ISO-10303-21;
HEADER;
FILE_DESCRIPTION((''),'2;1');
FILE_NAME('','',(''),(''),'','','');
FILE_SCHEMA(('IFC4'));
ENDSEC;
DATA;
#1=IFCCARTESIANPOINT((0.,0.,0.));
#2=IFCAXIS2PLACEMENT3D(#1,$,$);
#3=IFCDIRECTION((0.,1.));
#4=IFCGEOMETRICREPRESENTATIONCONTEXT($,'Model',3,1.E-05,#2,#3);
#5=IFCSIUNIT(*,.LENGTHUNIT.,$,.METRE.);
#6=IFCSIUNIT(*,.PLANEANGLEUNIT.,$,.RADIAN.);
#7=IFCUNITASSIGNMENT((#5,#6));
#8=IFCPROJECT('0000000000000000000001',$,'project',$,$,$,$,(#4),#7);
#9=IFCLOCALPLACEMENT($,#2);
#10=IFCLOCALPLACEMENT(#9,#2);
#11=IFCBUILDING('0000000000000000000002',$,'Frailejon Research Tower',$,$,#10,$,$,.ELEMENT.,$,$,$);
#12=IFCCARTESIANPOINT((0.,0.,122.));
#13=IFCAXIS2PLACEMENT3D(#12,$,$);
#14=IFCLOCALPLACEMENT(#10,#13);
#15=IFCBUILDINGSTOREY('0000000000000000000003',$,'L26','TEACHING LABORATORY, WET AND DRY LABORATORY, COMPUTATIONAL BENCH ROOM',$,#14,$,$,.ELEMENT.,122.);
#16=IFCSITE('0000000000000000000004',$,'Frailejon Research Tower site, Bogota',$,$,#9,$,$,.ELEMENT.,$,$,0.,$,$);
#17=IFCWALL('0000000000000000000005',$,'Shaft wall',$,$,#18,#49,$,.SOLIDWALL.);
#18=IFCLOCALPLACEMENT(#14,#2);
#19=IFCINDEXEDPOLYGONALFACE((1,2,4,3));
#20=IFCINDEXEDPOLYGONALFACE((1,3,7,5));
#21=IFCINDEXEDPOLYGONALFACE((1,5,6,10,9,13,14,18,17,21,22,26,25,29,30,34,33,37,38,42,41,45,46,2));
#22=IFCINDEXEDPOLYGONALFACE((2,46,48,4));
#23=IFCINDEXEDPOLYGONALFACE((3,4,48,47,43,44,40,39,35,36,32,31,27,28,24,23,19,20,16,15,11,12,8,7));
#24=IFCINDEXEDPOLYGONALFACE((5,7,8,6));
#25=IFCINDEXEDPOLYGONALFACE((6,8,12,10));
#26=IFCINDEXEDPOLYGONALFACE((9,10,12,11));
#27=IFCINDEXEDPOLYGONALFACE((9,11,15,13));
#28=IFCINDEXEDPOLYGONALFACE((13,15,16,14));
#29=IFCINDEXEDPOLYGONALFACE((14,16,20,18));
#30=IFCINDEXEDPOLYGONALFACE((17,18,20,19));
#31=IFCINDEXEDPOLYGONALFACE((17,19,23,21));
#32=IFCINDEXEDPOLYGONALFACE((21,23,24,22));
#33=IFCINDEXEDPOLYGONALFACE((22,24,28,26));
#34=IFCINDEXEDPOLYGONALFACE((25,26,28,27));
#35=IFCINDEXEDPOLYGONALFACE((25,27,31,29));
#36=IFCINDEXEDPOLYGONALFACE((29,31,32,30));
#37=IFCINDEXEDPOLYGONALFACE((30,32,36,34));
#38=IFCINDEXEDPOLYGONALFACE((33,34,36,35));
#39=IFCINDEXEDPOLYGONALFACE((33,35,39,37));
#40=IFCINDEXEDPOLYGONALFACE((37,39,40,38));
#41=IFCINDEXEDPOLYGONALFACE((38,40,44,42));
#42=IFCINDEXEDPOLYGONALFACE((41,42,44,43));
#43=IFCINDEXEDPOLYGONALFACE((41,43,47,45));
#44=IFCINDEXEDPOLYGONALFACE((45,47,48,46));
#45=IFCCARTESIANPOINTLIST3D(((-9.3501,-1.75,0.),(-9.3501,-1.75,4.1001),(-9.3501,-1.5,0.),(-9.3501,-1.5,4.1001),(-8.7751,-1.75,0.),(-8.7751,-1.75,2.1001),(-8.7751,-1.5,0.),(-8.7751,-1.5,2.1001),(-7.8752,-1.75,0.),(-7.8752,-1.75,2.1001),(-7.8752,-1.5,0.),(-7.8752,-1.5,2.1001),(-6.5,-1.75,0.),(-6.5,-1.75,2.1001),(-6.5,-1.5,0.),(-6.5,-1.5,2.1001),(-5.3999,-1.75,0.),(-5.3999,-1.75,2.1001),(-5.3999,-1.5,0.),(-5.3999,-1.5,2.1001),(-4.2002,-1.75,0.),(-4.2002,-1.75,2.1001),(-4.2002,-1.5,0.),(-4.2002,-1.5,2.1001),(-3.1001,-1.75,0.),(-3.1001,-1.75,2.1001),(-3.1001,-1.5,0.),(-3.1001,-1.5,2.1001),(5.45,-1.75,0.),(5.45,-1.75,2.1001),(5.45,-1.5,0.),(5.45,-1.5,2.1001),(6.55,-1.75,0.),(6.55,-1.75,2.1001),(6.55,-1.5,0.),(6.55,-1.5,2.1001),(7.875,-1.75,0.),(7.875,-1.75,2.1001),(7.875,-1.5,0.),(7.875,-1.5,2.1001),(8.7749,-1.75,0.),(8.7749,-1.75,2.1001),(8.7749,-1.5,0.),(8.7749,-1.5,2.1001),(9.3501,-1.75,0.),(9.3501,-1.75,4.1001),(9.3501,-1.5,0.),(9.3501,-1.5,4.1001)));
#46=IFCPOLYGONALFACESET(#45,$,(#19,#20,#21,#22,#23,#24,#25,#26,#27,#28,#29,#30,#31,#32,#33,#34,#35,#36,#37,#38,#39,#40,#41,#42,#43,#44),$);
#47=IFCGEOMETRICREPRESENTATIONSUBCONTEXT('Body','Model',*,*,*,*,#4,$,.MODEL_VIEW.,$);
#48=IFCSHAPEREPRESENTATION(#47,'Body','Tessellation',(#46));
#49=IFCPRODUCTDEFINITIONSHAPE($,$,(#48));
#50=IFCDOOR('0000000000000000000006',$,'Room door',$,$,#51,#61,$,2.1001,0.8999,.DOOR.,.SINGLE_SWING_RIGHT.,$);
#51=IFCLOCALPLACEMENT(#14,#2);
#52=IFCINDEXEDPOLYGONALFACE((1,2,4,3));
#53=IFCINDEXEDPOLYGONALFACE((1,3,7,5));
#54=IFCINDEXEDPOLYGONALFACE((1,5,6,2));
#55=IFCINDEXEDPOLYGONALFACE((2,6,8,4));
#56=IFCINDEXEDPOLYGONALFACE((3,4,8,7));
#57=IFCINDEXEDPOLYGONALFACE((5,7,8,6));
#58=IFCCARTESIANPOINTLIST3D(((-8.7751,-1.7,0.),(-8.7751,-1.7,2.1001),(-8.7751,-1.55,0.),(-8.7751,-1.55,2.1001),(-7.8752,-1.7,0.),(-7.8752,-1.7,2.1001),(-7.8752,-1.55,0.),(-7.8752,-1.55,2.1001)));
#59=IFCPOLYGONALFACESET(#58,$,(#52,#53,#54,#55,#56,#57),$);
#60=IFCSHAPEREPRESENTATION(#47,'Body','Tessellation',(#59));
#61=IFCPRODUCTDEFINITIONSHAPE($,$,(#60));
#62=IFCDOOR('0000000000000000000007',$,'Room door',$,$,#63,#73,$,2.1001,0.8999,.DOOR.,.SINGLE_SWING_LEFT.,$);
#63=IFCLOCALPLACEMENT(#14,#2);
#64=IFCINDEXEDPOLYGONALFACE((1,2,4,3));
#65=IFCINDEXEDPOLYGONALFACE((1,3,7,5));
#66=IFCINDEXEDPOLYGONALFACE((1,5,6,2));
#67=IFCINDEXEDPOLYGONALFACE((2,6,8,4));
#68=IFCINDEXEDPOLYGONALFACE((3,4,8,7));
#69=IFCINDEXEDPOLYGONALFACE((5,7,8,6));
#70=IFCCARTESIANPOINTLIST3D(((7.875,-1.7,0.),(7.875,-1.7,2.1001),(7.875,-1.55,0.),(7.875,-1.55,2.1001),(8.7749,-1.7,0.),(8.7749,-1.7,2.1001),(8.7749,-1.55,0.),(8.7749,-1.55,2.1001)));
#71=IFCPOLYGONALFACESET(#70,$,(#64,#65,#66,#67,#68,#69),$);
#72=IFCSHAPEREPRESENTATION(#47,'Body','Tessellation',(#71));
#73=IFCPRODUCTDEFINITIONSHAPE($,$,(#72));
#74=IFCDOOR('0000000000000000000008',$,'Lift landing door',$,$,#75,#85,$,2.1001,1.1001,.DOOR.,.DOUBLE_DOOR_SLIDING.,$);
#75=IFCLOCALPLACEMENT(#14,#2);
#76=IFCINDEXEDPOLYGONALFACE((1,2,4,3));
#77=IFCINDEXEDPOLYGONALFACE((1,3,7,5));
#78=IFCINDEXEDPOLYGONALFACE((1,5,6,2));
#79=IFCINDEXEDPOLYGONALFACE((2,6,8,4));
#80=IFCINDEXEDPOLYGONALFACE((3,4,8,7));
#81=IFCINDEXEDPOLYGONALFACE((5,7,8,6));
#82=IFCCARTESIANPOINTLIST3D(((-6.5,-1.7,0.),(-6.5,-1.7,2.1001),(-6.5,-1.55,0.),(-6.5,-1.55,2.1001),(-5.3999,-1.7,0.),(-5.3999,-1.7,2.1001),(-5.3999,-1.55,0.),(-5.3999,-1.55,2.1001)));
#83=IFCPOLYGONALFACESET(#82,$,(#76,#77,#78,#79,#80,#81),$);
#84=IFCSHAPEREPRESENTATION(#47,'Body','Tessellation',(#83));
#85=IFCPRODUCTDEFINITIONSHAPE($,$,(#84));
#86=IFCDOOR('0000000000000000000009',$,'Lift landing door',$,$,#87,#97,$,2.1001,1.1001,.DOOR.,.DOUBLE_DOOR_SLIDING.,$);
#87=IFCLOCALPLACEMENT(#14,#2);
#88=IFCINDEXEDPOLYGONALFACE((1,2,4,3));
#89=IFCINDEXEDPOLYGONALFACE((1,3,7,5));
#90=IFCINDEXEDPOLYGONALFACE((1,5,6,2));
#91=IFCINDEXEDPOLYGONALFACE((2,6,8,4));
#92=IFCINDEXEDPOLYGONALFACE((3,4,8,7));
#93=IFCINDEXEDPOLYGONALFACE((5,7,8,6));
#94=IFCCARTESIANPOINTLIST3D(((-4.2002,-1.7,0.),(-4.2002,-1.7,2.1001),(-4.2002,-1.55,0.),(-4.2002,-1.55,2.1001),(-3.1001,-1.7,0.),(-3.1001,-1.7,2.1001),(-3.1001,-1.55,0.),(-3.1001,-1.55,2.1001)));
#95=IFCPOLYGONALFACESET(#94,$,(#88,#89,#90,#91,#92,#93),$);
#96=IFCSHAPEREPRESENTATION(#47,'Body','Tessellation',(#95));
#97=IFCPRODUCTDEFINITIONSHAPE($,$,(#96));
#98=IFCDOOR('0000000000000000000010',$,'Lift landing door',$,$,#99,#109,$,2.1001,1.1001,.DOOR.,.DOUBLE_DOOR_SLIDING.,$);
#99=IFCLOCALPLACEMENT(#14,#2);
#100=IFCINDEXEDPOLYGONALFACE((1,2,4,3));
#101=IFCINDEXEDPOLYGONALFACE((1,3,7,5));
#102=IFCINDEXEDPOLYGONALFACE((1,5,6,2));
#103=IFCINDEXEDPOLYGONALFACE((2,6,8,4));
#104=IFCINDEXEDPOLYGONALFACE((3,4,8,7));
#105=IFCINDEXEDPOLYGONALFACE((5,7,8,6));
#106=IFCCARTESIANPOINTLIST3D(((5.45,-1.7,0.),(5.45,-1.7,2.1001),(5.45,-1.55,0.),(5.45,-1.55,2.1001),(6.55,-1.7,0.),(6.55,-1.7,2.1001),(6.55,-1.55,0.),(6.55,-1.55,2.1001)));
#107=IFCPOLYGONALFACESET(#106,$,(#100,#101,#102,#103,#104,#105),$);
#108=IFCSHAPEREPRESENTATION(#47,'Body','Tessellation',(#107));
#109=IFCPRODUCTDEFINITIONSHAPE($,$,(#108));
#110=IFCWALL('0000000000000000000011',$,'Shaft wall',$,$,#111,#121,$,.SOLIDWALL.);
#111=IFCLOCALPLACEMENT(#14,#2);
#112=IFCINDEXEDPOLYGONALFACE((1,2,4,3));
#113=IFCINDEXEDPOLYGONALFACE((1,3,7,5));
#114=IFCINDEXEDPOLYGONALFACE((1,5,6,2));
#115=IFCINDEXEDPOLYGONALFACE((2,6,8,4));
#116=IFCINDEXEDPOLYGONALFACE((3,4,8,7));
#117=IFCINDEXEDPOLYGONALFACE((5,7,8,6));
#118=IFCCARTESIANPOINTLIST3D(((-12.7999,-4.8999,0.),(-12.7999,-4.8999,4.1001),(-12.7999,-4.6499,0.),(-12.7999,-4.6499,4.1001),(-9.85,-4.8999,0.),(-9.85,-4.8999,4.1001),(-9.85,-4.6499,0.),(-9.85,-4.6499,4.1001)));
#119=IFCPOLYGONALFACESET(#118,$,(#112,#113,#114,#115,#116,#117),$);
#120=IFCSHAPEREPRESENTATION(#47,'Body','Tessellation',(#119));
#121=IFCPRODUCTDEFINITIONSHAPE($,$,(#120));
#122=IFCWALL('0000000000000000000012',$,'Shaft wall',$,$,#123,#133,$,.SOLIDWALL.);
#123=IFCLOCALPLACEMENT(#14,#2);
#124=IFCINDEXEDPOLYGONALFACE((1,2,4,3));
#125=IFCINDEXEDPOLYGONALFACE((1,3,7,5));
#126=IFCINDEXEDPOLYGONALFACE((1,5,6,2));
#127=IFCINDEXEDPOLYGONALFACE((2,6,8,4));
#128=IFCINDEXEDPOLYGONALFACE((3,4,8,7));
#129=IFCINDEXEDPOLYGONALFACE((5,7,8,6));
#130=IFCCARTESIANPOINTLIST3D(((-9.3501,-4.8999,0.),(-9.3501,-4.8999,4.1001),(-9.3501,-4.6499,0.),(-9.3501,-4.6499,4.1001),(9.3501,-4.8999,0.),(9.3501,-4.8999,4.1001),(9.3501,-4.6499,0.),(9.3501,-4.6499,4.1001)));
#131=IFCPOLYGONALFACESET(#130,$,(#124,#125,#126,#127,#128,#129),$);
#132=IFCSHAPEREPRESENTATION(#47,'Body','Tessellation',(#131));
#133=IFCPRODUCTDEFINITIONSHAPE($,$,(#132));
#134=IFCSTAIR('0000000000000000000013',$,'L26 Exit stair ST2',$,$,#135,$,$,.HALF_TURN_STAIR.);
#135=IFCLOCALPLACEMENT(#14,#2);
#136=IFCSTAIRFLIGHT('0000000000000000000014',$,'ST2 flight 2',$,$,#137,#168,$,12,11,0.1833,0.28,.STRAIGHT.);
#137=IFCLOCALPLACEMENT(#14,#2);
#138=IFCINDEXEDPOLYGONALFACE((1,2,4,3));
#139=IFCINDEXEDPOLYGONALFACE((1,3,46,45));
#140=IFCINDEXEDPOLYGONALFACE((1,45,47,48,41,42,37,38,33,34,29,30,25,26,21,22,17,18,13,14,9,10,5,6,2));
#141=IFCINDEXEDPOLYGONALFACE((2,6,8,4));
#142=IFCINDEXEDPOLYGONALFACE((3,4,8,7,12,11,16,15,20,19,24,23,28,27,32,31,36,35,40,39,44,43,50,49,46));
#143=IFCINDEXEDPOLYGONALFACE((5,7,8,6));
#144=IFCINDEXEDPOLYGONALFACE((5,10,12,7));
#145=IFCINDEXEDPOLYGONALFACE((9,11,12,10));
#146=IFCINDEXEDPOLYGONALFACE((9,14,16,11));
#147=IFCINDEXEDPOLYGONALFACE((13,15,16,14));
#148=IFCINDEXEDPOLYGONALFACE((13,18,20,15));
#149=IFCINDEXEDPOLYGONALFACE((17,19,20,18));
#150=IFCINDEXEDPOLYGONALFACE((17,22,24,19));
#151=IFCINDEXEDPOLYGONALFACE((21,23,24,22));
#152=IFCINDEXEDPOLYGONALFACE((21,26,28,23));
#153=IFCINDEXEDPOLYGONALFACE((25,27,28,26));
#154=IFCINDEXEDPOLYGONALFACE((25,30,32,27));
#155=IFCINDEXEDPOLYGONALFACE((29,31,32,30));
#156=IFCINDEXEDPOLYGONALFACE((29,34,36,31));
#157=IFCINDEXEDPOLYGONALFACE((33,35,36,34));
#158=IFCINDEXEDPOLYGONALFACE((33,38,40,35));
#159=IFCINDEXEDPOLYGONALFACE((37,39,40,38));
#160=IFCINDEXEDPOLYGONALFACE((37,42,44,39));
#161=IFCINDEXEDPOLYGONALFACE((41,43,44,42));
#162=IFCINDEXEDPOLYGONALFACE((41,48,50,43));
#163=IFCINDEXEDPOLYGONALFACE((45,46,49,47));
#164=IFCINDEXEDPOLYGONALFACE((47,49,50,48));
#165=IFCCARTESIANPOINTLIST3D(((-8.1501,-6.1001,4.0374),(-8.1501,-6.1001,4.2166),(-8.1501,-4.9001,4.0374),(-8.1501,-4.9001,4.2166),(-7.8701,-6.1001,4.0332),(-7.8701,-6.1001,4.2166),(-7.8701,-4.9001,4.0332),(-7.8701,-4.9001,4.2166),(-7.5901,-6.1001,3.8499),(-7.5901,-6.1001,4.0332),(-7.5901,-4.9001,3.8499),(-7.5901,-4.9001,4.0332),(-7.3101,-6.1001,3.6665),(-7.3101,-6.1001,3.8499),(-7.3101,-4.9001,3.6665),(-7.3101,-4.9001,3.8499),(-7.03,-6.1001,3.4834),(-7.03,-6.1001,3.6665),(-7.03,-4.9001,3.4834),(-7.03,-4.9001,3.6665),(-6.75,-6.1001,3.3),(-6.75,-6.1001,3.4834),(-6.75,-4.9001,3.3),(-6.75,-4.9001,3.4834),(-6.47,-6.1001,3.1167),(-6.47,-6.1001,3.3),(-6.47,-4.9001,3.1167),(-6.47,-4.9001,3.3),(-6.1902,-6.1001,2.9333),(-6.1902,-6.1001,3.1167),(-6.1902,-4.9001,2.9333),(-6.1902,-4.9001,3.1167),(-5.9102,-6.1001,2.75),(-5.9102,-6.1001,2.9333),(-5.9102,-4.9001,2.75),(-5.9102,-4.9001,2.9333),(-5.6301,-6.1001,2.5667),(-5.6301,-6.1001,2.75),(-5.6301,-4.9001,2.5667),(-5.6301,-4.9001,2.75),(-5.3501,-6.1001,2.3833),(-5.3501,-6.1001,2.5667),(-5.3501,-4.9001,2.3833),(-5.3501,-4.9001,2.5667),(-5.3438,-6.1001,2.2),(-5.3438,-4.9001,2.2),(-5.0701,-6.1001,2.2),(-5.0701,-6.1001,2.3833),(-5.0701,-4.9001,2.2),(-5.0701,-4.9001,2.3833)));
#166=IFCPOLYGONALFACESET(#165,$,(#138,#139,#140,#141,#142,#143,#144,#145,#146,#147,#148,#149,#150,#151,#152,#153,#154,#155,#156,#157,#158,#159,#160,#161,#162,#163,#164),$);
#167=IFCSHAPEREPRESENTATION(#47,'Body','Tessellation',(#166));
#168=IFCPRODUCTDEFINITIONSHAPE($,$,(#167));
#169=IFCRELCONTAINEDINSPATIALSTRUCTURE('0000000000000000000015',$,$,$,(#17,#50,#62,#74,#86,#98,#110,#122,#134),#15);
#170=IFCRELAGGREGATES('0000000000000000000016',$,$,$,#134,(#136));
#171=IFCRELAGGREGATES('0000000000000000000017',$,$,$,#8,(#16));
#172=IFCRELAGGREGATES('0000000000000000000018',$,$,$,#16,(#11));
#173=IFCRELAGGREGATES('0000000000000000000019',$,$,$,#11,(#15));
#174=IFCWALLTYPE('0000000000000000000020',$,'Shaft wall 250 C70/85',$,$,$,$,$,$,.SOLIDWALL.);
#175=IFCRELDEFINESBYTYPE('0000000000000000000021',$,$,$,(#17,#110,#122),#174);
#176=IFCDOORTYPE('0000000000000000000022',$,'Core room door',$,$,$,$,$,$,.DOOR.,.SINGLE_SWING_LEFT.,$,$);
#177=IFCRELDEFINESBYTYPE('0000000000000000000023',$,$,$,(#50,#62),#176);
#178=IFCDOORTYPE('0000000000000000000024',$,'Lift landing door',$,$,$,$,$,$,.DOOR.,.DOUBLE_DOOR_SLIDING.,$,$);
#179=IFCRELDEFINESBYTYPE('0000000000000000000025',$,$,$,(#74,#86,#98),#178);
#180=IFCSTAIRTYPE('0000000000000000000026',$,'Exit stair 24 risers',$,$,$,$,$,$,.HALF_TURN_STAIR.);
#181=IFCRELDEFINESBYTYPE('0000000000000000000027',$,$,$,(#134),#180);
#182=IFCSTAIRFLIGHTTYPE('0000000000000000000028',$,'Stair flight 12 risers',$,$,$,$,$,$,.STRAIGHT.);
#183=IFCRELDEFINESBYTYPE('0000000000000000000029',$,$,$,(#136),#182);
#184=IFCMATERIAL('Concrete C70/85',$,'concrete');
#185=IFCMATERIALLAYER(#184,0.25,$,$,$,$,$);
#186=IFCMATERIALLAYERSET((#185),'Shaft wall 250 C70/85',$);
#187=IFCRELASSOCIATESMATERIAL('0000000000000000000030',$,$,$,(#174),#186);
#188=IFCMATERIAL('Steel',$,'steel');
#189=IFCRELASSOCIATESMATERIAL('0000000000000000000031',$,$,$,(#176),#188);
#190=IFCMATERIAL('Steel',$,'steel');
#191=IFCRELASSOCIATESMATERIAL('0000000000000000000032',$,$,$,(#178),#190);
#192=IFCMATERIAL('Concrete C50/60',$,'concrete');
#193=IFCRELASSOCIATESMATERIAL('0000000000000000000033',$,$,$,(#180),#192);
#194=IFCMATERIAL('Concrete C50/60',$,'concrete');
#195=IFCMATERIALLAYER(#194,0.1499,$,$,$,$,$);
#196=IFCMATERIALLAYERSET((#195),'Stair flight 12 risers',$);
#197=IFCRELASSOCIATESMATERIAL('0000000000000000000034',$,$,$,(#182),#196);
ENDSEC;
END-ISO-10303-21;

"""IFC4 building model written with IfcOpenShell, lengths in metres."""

from ifc_helpers import new_model, si_unit, direction, frame, frame_2d, origin, place, context, subcontext, project, spatial, polyline, rectangle, outline, extrude, material, layer, layer_set, type_object, element, fill, aggregate, save


model = new_model("IFC4")

# Units and contexts
model_context = context("Model", 3, precision=1e-05, world=origin(), true_north=direction((0.0, 1.0)))
body_context = subcontext(model_context, "Body", "Model", "MODEL_VIEW")
ifc_project = project(units=[si_unit("LENGTHUNIT", "METRE"), si_unit("PLANEANGLEUNIT", "RADIAN")], contexts=[model_context])

# Site, building, storey
site_placement = place(None, origin())
site = spatial("IfcSite", under=ifc_project, at=site_placement, Name="Frailejon Research Tower site, Bogota", CompositionType="ELEMENT", RefElevation=0.0)
building_placement = place(site_placement, origin())
building = spatial("IfcBuilding", under=site, at=building_placement, Name="Frailejon Research Tower", CompositionType="ELEMENT")
storey_placement = place(building_placement, frame((0.0, 0.0, 122.0)))
storey = spatial("IfcBuildingStorey", under=building, at=storey_placement, Name="L26", Description="TEACHING LABORATORY, WET AND DRY LABORATORY, COMPUTATIONAL BENCH ROOM", CompositionType="ELEMENT", Elevation=122.0)

# Wall, openings, doors
ifc_material_1 = material(Name="Concrete C70/85", Category="concrete")
ifc_layer_1 = layer(ifc_material_1, 0.25)
ifc_layer_set_1 = layer_set([ifc_layer_1], Name="Shaft wall 250 C70/85")
wall_type_1 = type_object("IfcWallType", Name="Shaft wall 250 C70/85", PredefinedType="SOLIDWALL", material=ifc_layer_set_1)
ifc_material_2 = material(Name="Steel", Category="steel")
door_type_1 = type_object("IfcDoorType", Name="Core room door", OperationType="SINGLE_SWING_LEFT", PredefinedType="DOOR", material=ifc_material_2)
wall_1_placement = place(storey_placement, frame((-9.3501, -1.625, 0.0), z_axis=(0.0, 0.0, 1.0), x_axis=(1.0, 0.0, 0.0)))
wall_1 = element("IfcWall", 1, at=wall_1_placement, inside=storey, type_object=wall_type_1, Name="Shaft wall", PredefinedType="SOLIDWALL", context=body_context, shape_type="SweptSolid", body=[
    extrude(rectangle(XDim=18.7002, YDim=0.25, at=frame_2d((9.3501, 0.0))), origin(), (0.0, 0.0, 1.0), 4.1001),
])
opening_1_placement = place(wall_1_placement, frame((2.8501, 0.0, 0.0)))
opening_1 = element("IfcOpeningElement", 2, at=opening_1_placement, cuts=wall_1, PredefinedType="OPENING", context=body_context, shape_type="SweptSolid", body=[
    extrude(rectangle(XDim=1.1001, YDim=2.1001, at=frame_2d((0.55, 1.05))), frame((0.0, 0.135, 0.0), z_axis=(0.0, -1.0, 0.0), x_axis=(1.0, 0.0, 0.0)), (0.0, 0.0, 1.0), 0.27),
])
opening_2_placement = place(wall_1_placement, frame((5.1499, 0.0, 0.0)))
opening_2 = element("IfcOpeningElement", 3, at=opening_2_placement, cuts=wall_1, PredefinedType="OPENING", context=body_context, shape_type="SweptSolid", body=[
    extrude(rectangle(XDim=1.1001, YDim=2.1001, at=frame_2d((0.55, 1.05))), frame((0.0, 0.135, 0.0), z_axis=(0.0, -1.0, 0.0), x_axis=(1.0, 0.0, 0.0)), (0.0, 0.0, 1.0), 0.27),
])
opening_3_placement = place(wall_1_placement, frame((14.8, 0.0, 0.0)))
opening_3 = element("IfcOpeningElement", 4, at=opening_3_placement, cuts=wall_1, PredefinedType="OPENING", context=body_context, shape_type="SweptSolid", body=[
    extrude(rectangle(XDim=1.1001, YDim=2.1001, at=frame_2d((0.55, 1.05))), frame((0.0, 0.135, 0.0), z_axis=(0.0, -1.0, 0.0), x_axis=(1.0, 0.0, 0.0)), (0.0, 0.0, 1.0), 0.27),
])
opening_4_placement = place(wall_1_placement, frame((0.575, 0.0, 0.0)))
opening_4 = element("IfcOpeningElement", 5, at=opening_4_placement, cuts=wall_1, PredefinedType="OPENING", context=body_context, shape_type="SweptSolid", body=[
    extrude(rectangle(XDim=0.8999, YDim=2.1001, at=frame_2d((0.45, 1.05))), frame((0.0, 0.135, 0.0), z_axis=(0.0, -1.0, 0.0), x_axis=(1.0, 0.0, 0.0)), (0.0, 0.0, 1.0), 0.27),
])
opening_5_placement = place(wall_1_placement, frame((17.2251, 0.0, 0.0)))
opening_5 = element("IfcOpeningElement", 6, at=opening_5_placement, cuts=wall_1, PredefinedType="OPENING", context=body_context, shape_type="SweptSolid", body=[
    extrude(rectangle(XDim=0.8999, YDim=2.1001, at=frame_2d((0.45, 1.05))), frame((0.0, 0.135, 0.0), z_axis=(0.0, -1.0, 0.0), x_axis=(1.0, 0.0, 0.0)), (0.0, 0.0, 1.0), 0.27),
])
door_1_placement = place(opening_4_placement, origin())
door_1 = element("IfcDoor", 7, at=door_1_placement, inside=storey, type_object=door_type_1, Name="Room door", OperationType="SINGLE_SWING_RIGHT", OverallHeight=2.1001, OverallWidth=0.8999, PredefinedType="DOOR", context=body_context, shape_type="SweptSolid", body=[
    extrude(rectangle(XDim=0.8999, YDim=2.1001, at=frame_2d((0.45, 1.05))), frame((0.0, 0.075, 0.0), z_axis=(0.0, -1.0, 0.0), x_axis=(1.0, 0.0, 0.0)), (0.0, 0.0, 1.0), 0.1499),
])
fill(opening_4, door_1)
door_2_placement = place(opening_5_placement, origin())
door_2 = element("IfcDoor", 8, at=door_2_placement, inside=storey, type_object=door_type_1, Name="Room door", OperationType="SINGLE_SWING_LEFT", OverallHeight=2.1001, OverallWidth=0.8999, PredefinedType="DOOR", context=body_context, shape_type="SweptSolid", body=[
    extrude(rectangle(XDim=0.8999, YDim=2.1001, at=frame_2d((0.45, 1.05))), frame((0.0, 0.075, 0.0), z_axis=(0.0, -1.0, 0.0), x_axis=(1.0, 0.0, 0.0)), (0.0, 0.0, 1.0), 0.1499),
])
fill(opening_5, door_2)
ifc_material_3 = material(Name="Steel", Category="steel")
door_type_2 = type_object("IfcDoorType", Name="Lift landing door", OperationType="DOUBLE_DOOR_SLIDING", PredefinedType="DOOR", material=ifc_material_3)
door_3_placement = place(opening_1_placement, origin())
door_3 = element("IfcDoor", 9, at=door_3_placement, inside=storey, type_object=door_type_2, Name="Lift landing door", OperationType="DOUBLE_DOOR_SLIDING", OverallHeight=2.1001, OverallWidth=1.1001, PredefinedType="DOOR", context=body_context, shape_type="SweptSolid", body=[
    extrude(rectangle(XDim=1.1001, YDim=2.1001, at=frame_2d((0.55, 1.05))), frame((0.0, 0.075, 0.0), z_axis=(0.0, -1.0, 0.0), x_axis=(1.0, 0.0, 0.0)), (0.0, 0.0, 1.0), 0.1499),
])
fill(opening_1, door_3)
door_4_placement = place(opening_2_placement, origin())
door_4 = element("IfcDoor", 10, at=door_4_placement, inside=storey, type_object=door_type_2, Name="Lift landing door", OperationType="DOUBLE_DOOR_SLIDING", OverallHeight=2.1001, OverallWidth=1.1001, PredefinedType="DOOR", context=body_context, shape_type="SweptSolid", body=[
    extrude(rectangle(XDim=1.1001, YDim=2.1001, at=frame_2d((0.55, 1.05))), frame((0.0, 0.075, 0.0), z_axis=(0.0, -1.0, 0.0), x_axis=(1.0, 0.0, 0.0)), (0.0, 0.0, 1.0), 0.1499),
])
fill(opening_2, door_4)
door_5_placement = place(opening_3_placement, origin())
door_5 = element("IfcDoor", 11, at=door_5_placement, inside=storey, type_object=door_type_2, Name="Lift landing door", OperationType="DOUBLE_DOOR_SLIDING", OverallHeight=2.1001, OverallWidth=1.1001, PredefinedType="DOOR", context=body_context, shape_type="SweptSolid", body=[
    extrude(rectangle(XDim=1.1001, YDim=2.1001, at=frame_2d((0.55, 1.05))), frame((0.0, 0.075, 0.0), z_axis=(0.0, -1.0, 0.0), x_axis=(1.0, 0.0, 0.0)), (0.0, 0.0, 1.0), 0.1499),
])
fill(opening_3, door_5)

# Walls
wall_2_placement = place(storey_placement, frame((-12.8, -4.7749, 0.0), z_axis=(0.0, 0.0, 1.0), x_axis=(1.0, 0.0, 0.0)))
element("IfcWall", 12, at=wall_2_placement, inside=storey, type_object=wall_type_1, Name="Shaft wall", PredefinedType="SOLIDWALL", context=body_context, shape_type="SweptSolid", body=[
    extrude(rectangle(XDim=2.95, YDim=0.25, at=frame_2d((1.4751, 0.0))), origin(), (0.0, 0.0, 1.0), 4.1001),
])
wall_3_placement = place(storey_placement, frame((-9.3501, -4.7749, 0.0), z_axis=(0.0, 0.0, 1.0), x_axis=(1.0, 0.0, 0.0)))
element("IfcWall", 13, at=wall_3_placement, inside=storey, type_object=wall_type_1, Name="Shaft wall", PredefinedType="SOLIDWALL", context=body_context, shape_type="SweptSolid", body=[
    extrude(rectangle(XDim=18.7002, YDim=0.25, at=frame_2d((9.3501, 0.0))), origin(), (0.0, 0.0, 1.0), 4.1001),
])

# Stair, stair flight
ifc_material_4 = material(Name="Concrete C50/60", Category="concrete")
stair_type = type_object("IfcStairType", Name="Exit stair 24 risers", PredefinedType="HALF_TURN_STAIR", material=ifc_material_4)
stair_placement = place(storey_placement, origin())
stair = element("IfcStair", 14, at=stair_placement, inside=storey, type_object=stair_type, Name="L26 Exit stair ST2", PredefinedType="HALF_TURN_STAIR")
ifc_material_5 = material(Name="Concrete C50/60", Category="concrete")
ifc_layer_2 = layer(ifc_material_5, 0.1499)
ifc_layer_set_2 = layer_set([ifc_layer_2], Name="Stair flight 12 risers")
stair_flight_type = type_object("IfcStairFlightType", Name="Stair flight 12 risers", PredefinedType="STRAIGHT", material=ifc_layer_set_2)
stair_flight_placement = place(storey_placement, frame((-5.0701, -5.5, 2.2), z_axis=(0.0, 0.0, 1.0), x_axis=(-1.0, 0.0, 0.0)))
stair_flight = element("IfcStairFlight", 15, at=stair_flight_placement, type_object=stair_flight_type, Name="ST2 flight 2", NumberOfRisers=12, NumberOfTreads=11, PredefinedType="STRAIGHT", RiserHeight=0.1833, TreadLength=0.28, context=body_context, shape_type="SweptSolid", body=[
    extrude(outline(polyline([(0.0, 0.0), (0.0, 0.1833), (0.28, 0.1833), (0.28, 0.3667), (0.5601, 0.3667), (0.5601, 0.55), (0.8401, 0.55), (0.8401, 0.7334), (1.1201, 0.7334), (1.1201, 0.9167), (1.3999, 0.9167), (1.3999, 1.1001), (1.6799, 1.1001), (1.6799, 1.2834), (1.96, 1.2834), (1.96, 1.4666), (2.24, 1.4666), (2.24, 1.6499), (2.52, 1.6499), (2.52, 1.8333), (2.8, 1.8333), (2.8, 2.0166), (3.0801, 2.0166), (3.0801, 2.2), (3.0801, 1.8374), (0.2737, 0.0), (0.0, 0.0)])), frame((0.0, 0.6001, 0.0), z_axis=(0.0, -1.0, 0.0), x_axis=(1.0, 0.0, 0.0)), (0.0, 0.0, 1.0), 1.2),
])
aggregate(stair, [stair_flight])

save(model, "model.ifc")
